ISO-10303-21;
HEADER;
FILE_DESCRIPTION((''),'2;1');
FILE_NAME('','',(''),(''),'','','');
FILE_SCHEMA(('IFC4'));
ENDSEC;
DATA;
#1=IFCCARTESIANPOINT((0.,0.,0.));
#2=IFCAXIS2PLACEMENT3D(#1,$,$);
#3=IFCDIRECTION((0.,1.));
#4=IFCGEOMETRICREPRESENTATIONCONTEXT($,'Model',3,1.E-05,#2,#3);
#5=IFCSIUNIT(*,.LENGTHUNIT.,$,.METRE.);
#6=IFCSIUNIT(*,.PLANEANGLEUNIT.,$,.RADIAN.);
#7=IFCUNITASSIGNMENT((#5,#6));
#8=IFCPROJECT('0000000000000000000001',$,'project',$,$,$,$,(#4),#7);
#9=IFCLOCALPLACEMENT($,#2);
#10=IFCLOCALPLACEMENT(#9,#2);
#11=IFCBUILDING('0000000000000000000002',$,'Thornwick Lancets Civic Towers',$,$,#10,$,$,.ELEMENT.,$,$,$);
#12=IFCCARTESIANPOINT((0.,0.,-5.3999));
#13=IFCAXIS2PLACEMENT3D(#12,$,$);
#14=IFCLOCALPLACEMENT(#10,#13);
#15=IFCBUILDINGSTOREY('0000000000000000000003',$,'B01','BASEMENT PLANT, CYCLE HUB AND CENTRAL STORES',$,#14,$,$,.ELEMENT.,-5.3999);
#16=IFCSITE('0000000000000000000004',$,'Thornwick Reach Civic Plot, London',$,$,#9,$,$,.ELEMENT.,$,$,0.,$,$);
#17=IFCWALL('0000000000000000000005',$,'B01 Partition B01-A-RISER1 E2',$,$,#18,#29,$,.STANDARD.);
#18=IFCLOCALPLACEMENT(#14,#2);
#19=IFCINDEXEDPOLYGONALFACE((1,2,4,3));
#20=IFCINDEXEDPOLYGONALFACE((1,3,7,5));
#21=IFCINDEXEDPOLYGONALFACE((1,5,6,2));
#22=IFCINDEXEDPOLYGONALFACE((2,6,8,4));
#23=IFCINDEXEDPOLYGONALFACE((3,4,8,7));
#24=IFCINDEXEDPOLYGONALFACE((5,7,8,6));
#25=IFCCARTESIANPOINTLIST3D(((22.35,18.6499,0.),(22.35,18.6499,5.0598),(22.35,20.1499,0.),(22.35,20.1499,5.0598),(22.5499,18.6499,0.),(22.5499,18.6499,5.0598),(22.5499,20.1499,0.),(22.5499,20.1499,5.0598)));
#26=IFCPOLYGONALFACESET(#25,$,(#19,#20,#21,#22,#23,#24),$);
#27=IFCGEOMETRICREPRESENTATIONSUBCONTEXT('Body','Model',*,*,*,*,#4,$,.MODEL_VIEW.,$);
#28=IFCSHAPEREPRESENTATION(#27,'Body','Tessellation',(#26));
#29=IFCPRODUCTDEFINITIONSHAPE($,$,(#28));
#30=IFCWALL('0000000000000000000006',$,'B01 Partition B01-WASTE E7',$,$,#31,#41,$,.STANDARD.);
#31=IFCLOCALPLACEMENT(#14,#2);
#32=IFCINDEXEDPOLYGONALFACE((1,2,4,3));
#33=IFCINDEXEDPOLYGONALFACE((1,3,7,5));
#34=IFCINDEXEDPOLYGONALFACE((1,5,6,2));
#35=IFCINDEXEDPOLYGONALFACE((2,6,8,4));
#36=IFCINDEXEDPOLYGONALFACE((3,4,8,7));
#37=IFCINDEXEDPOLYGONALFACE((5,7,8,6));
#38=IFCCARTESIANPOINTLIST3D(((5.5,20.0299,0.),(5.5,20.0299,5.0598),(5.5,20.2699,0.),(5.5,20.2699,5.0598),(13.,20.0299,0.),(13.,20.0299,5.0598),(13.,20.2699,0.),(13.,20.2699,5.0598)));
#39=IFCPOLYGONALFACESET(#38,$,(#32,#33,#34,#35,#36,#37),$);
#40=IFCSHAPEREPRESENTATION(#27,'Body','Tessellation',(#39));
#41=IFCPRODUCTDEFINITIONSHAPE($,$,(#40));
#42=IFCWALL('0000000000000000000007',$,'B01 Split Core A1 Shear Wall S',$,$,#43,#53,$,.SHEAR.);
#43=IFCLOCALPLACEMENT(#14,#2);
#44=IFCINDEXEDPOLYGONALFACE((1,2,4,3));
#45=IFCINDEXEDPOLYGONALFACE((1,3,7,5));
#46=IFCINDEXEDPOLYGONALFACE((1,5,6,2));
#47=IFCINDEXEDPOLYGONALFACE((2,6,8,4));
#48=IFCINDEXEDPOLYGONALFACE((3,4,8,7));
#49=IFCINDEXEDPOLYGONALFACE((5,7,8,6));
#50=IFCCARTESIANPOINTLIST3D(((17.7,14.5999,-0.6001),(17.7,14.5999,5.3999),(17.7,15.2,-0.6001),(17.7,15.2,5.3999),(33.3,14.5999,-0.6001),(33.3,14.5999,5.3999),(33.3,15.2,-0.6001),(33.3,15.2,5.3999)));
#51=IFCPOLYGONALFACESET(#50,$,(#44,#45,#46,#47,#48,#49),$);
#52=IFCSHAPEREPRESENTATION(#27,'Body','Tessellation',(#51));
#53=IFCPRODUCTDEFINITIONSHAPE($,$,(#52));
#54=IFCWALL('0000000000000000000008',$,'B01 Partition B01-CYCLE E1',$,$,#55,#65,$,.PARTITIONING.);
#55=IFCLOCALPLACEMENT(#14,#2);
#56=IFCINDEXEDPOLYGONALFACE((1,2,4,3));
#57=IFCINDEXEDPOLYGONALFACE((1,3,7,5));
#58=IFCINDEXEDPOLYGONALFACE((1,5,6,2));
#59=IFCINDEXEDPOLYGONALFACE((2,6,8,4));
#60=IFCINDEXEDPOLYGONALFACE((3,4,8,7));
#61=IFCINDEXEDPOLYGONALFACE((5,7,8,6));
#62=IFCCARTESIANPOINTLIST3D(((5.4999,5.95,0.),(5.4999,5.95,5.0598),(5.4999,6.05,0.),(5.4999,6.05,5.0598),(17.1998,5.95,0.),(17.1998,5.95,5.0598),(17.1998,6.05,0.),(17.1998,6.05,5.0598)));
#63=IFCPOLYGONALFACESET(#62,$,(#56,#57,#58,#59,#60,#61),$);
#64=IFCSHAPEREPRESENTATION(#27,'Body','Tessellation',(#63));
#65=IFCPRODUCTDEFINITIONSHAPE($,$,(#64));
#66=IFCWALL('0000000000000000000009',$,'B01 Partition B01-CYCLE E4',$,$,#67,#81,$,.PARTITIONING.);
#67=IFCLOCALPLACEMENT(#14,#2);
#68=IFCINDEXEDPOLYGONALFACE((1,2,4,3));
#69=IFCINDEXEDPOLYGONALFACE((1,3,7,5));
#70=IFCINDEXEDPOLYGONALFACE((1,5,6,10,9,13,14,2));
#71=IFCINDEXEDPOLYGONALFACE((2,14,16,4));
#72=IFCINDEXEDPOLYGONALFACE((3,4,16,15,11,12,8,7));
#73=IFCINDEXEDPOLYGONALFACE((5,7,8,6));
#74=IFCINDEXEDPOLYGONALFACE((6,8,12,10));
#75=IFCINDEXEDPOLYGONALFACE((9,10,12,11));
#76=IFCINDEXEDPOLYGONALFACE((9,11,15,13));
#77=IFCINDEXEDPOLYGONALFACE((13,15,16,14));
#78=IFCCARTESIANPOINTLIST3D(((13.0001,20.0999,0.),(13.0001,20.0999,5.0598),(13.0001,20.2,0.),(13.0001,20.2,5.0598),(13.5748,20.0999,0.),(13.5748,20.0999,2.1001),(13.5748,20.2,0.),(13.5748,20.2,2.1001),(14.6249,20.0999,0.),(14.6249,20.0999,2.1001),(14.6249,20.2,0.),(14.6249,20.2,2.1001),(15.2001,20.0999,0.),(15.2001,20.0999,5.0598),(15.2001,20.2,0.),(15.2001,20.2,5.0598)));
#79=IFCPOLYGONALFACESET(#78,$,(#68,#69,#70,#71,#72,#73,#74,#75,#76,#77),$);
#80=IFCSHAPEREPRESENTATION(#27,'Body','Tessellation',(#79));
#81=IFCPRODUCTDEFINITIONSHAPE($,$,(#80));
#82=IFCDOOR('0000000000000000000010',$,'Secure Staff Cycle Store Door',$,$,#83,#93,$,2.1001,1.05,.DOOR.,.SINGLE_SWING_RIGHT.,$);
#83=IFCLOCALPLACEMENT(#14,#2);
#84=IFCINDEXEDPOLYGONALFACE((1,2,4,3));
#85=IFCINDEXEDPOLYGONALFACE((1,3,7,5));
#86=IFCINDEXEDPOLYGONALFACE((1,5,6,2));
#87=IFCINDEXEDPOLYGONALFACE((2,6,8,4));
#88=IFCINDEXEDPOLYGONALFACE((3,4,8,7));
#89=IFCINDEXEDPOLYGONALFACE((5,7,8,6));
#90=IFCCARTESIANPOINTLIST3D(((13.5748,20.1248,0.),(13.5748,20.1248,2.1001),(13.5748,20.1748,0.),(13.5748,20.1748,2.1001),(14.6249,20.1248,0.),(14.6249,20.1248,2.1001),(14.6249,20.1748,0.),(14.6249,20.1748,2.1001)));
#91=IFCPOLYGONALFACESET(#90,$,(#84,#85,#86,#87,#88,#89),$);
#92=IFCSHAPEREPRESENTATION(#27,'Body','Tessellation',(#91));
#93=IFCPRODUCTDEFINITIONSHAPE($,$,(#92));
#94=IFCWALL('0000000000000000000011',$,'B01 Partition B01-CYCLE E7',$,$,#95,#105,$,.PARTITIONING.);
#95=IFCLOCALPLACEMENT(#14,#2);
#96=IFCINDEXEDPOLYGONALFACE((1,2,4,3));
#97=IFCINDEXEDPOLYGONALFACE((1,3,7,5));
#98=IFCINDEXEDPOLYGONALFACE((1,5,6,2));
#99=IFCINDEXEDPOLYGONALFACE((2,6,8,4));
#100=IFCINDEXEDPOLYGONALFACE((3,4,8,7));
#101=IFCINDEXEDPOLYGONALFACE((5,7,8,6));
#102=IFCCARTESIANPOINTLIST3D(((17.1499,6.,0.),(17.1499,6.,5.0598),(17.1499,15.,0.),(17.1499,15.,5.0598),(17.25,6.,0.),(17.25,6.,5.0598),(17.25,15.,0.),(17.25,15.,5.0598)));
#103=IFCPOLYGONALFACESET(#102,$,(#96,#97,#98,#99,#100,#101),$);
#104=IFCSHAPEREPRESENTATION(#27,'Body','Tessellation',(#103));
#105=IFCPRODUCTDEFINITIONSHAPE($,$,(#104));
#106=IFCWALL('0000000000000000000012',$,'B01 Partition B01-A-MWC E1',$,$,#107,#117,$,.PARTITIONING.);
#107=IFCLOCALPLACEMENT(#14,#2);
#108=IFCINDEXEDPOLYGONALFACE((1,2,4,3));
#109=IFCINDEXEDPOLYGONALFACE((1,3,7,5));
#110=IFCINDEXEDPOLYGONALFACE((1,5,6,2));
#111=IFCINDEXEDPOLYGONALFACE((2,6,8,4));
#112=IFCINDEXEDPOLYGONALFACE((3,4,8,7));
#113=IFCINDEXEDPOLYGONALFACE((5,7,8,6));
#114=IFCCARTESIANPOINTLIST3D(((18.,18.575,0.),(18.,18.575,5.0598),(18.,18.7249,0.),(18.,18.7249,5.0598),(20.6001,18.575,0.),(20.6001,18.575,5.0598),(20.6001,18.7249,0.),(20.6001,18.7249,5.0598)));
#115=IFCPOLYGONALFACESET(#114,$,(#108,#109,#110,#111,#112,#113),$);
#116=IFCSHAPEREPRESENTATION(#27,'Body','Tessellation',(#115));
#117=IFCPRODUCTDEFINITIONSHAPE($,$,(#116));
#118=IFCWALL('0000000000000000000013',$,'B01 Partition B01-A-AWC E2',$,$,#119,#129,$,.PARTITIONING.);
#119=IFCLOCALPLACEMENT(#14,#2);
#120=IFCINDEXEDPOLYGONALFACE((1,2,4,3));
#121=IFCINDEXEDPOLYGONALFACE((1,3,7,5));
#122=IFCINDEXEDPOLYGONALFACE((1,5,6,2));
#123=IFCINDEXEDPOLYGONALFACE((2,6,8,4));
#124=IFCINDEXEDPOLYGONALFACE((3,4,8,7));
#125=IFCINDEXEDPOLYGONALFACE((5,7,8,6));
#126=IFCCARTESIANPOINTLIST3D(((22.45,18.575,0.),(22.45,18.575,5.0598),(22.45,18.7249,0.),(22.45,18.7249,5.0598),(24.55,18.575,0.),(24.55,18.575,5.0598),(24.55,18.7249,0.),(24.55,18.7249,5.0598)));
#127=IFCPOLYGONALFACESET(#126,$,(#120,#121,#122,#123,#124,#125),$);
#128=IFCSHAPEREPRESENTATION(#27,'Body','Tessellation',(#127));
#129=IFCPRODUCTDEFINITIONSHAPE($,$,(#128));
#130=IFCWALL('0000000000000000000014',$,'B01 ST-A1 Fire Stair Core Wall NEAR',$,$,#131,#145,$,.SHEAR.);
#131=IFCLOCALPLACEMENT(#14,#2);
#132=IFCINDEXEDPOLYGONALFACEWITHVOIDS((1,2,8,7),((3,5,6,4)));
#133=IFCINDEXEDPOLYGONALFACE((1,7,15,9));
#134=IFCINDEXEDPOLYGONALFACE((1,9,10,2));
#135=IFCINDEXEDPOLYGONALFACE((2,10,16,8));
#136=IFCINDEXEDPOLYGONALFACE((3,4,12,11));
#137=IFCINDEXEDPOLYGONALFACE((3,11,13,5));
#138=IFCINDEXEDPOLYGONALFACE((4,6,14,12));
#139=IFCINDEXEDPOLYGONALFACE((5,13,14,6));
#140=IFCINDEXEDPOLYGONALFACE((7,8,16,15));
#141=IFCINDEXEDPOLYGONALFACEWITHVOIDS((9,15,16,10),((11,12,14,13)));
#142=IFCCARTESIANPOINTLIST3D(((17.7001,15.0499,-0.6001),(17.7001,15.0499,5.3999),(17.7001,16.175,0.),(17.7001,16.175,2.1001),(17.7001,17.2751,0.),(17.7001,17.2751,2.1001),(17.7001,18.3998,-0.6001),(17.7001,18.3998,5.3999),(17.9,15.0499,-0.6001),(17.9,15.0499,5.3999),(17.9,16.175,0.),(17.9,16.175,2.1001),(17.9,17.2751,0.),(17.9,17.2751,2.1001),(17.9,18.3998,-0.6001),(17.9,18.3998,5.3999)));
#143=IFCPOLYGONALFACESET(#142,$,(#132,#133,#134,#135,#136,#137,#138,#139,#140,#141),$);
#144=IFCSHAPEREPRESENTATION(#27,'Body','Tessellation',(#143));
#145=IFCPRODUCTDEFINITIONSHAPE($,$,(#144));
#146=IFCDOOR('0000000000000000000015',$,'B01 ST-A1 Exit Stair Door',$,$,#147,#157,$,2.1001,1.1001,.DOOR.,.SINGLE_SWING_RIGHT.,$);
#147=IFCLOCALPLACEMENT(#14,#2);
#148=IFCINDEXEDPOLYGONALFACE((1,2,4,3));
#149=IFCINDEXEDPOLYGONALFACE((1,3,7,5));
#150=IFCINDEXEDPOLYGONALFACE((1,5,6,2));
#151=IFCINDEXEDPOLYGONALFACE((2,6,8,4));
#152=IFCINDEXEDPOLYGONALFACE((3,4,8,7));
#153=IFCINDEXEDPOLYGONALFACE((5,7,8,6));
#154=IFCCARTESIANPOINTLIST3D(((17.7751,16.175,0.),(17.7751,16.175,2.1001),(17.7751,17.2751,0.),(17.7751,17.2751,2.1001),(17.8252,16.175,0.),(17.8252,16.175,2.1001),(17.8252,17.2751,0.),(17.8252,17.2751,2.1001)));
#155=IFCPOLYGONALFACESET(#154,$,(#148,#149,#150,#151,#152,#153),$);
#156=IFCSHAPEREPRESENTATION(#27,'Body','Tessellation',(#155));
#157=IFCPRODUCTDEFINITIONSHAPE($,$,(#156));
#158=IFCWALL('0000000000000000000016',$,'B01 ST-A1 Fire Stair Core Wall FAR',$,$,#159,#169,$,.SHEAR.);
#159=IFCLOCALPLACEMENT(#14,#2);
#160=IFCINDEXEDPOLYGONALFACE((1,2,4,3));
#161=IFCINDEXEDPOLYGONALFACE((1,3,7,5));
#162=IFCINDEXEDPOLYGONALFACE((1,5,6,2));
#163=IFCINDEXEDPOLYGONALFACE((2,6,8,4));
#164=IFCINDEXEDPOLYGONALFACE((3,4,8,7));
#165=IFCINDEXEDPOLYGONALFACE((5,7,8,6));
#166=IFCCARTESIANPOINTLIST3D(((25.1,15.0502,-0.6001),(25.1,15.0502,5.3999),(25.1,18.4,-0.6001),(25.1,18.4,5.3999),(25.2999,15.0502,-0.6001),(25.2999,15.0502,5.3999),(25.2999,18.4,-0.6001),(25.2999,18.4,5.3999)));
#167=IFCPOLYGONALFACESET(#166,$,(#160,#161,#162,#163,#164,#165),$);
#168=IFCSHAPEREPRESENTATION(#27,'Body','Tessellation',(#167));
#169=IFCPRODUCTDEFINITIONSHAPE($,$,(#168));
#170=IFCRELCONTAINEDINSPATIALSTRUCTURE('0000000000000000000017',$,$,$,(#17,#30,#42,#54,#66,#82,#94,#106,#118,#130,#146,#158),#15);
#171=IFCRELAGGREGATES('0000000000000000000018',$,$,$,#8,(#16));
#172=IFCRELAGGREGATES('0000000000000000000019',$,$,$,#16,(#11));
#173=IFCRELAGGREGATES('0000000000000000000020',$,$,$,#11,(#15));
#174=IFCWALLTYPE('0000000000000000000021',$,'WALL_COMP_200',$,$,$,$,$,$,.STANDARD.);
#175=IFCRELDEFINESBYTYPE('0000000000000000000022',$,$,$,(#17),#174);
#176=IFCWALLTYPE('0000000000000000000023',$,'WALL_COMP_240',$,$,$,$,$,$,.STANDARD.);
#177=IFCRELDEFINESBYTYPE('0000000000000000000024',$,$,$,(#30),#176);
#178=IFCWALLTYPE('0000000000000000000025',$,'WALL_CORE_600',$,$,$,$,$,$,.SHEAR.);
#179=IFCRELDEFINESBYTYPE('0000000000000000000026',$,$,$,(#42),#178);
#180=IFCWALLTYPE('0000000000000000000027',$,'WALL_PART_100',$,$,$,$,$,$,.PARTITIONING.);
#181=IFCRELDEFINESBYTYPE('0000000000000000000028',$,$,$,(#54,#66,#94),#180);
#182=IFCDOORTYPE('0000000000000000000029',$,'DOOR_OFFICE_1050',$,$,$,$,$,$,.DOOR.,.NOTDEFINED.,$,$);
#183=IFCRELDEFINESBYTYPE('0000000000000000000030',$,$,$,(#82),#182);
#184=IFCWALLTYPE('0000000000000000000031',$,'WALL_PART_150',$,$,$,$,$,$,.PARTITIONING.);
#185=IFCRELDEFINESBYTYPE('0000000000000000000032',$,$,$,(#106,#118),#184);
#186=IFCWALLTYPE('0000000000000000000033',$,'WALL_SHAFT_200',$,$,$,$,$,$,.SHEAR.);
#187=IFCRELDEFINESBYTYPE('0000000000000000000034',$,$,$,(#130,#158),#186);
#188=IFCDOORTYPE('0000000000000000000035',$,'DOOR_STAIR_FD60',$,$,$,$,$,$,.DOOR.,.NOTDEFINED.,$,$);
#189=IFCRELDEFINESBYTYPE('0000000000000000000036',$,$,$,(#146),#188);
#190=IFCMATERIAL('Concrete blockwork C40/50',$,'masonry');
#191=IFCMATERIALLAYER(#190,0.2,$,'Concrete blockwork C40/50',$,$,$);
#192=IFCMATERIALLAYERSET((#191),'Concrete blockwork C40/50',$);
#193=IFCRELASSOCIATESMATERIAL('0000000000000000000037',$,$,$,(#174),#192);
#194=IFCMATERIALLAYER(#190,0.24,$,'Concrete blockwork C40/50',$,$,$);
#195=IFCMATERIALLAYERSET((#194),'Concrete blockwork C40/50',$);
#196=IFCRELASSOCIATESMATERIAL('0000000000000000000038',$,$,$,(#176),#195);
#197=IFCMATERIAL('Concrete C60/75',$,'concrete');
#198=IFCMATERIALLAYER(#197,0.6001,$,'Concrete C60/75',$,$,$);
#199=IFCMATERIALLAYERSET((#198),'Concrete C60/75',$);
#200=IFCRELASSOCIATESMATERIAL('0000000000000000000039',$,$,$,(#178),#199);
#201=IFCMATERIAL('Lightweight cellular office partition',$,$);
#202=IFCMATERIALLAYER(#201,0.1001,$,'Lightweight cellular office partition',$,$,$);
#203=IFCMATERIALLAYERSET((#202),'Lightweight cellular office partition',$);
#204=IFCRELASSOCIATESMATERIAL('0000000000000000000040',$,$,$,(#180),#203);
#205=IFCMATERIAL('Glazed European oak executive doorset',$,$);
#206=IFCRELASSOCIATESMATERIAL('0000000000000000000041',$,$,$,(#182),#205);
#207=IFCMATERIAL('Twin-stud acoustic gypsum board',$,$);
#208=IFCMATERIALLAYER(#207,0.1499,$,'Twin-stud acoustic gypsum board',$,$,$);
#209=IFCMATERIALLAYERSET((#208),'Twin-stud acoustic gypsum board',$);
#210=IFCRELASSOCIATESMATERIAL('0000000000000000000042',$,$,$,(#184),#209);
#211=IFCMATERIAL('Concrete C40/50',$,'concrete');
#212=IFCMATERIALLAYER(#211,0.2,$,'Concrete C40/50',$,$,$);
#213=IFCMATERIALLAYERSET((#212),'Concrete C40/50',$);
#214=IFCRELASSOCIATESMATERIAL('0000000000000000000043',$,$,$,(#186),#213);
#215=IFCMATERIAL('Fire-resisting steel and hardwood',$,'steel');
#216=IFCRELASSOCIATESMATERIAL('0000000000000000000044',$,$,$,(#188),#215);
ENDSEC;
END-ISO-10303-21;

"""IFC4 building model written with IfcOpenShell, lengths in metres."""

from ifc_helpers import new_model, si_unit, direction, frame, frame_2d, origin, place, context, subcontext, project, spatial, rectangle, extrude, material, layer, layer_set, type_object, element, fill, save


model = new_model("IFC4")

# Units and contexts
model_context = context("Model", 3, precision=1e-05, world=origin(), true_north=direction((0.0, 1.0)))
body_context = subcontext(model_context, "Body", "Model", "MODEL_VIEW")
ifc_project = project(units=[si_unit("LENGTHUNIT", "METRE"), si_unit("PLANEANGLEUNIT", "RADIAN")], contexts=[model_context])

# Site, building, storey
site_placement = place(None, origin())
site = spatial("IfcSite", under=ifc_project, at=site_placement, Name="Thornwick Reach Civic Plot, London", CompositionType="ELEMENT", RefElevation=0.0)
building_placement = place(site_placement, origin())
building = spatial("IfcBuilding", under=site, at=building_placement, Name="Thornwick Lancets Civic Towers", CompositionType="ELEMENT")
storey_placement = place(building_placement, frame((0.0, 0.0, -5.3999)))
storey = spatial("IfcBuildingStorey", under=building, at=storey_placement, Name="B01", Description="BASEMENT PLANT, CYCLE HUB AND CENTRAL STORES", CompositionType="ELEMENT", Elevation=-5.3999)

# Shared definitions
ifc_material_1 = material(Name="Concrete C40/50", Category="concrete")

# Shared definitions
ifc_material_2 = material(Name="Concrete C60/75", Category="concrete")

# Walls
ifc_material_3 = material(Name="Concrete blockwork C40/50", Category="masonry")
ifc_layer_1 = layer(ifc_material_3, 0.2, Name="Concrete blockwork C40/50")
ifc_layer_set_1 = layer_set([ifc_layer_1], Name="Concrete blockwork C40/50")
wall_type_1 = type_object("IfcWallType", Name="WALL_COMP_200", PredefinedType="STANDARD", material=ifc_layer_set_1)
wall_1_placement = place(storey_placement, frame((22.45, 18.6499, 0.0), z_axis=(0.0, 0.0, 1.0), x_axis=(0.0, 1.0, 0.0)))
element("IfcWall", 1, at=wall_1_placement, inside=storey, type_object=wall_type_1, Name="B01 Partition B01-A-RISER1 E2", PredefinedType="STANDARD", context=body_context, shape_type="SweptSolid", body=[
    extrude(rectangle(XDim=1.5, YDim=0.2, at=frame_2d((0.75, 0.0))), origin(), (0.0, 0.0, 1.0), 5.0598),
])
ifc_layer_2 = layer(ifc_material_3, 0.24, Name="Concrete blockwork C40/50")
ifc_layer_set_2 = layer_set([ifc_layer_2], Name="Concrete blockwork C40/50")
wall_type_2 = type_object("IfcWallType", Name="WALL_COMP_240", PredefinedType="STANDARD", material=ifc_layer_set_2)
wall_2_placement = place(storey_placement, frame((13.0, 20.1499, 0.0), z_axis=(0.0, 0.0, 1.0), x_axis=(-1.0, 0.0, 0.0)))
element("IfcWall", 2, at=wall_2_placement, inside=storey, type_object=wall_type_2, Name="B01 Partition B01-WASTE E7", PredefinedType="STANDARD", context=body_context, shape_type="SweptSolid", body=[
    extrude(rectangle(XDim=7.5, YDim=0.24, at=frame_2d((3.75, 0.0))), origin(), (0.0, 0.0, 1.0), 5.0598),
])
ifc_layer_3 = layer(ifc_material_2, 0.6001, Name="Concrete C60/75")
ifc_layer_set_3 = layer_set([ifc_layer_3], Name="Concrete C60/75")
wall_type_3 = type_object("IfcWallType", Name="WALL_CORE_600", PredefinedType="SHEAR", material=ifc_layer_set_3)
wall_3_placement = place(storey_placement, frame((17.7, 14.8999, -0.6001), z_axis=(0.0, 0.0, 1.0), x_axis=(1.0, 0.0, 0.0)))
element("IfcWall", 3, at=wall_3_placement, inside=storey, type_object=wall_type_3, Name="B01 Split Core A1 Shear Wall S", PredefinedType="SHEAR", context=body_context, shape_type="SweptSolid", body=[
    extrude(rectangle(XDim=15.6001, YDim=0.6001, at=frame_2d((7.8, 0.0))), origin(), (0.0, 0.0, 1.0), 6.0),
])
ifc_material_4 = material(Name="Lightweight cellular office partition")
ifc_layer_4 = layer(ifc_material_4, 0.1001, Name="Lightweight cellular office partition")
ifc_layer_set_4 = layer_set([ifc_layer_4], Name="Lightweight cellular office partition")
wall_type_4 = type_object("IfcWallType", Name="WALL_PART_100", PredefinedType="PARTITIONING", material=ifc_layer_set_4)
wall_4_placement = place(storey_placement, frame((17.2, 6.0, 0.0), z_axis=(0.0, 0.0, 1.0), x_axis=(-1.0, 0.0, 0.0)))
element("IfcWall", 4, at=wall_4_placement, inside=storey, type_object=wall_type_4, Name="B01 Partition B01-CYCLE E1", PredefinedType="PARTITIONING", context=body_context, shape_type="SweptSolid", body=[
    extrude(rectangle(XDim=11.7, YDim=0.1001, at=frame_2d((5.8501, 0.0))), origin(), (0.0, 0.0, 1.0), 5.0598),
])

# Wall, opening, door
wall_5_placement = place(storey_placement, frame((13.0, 20.1499, 0.0), z_axis=(0.0, 0.0, 1.0), x_axis=(1.0, 0.0, 0.0)))
wall_5 = element("IfcWall", 5, at=wall_5_placement, inside=storey, type_object=wall_type_4, Name="B01 Partition B01-CYCLE E4", PredefinedType="PARTITIONING", context=body_context, shape_type="SweptSolid", body=[
    extrude(rectangle(XDim=2.2, YDim=0.1001, at=frame_2d((1.1001, 0.0))), origin(), (0.0, 0.0, 1.0), 5.0598),
])
opening_1_placement = place(wall_5_placement, frame((0.575, 0.0, 0.0)))
opening_1 = element("IfcOpeningElement", 6, at=opening_1_placement, cuts=wall_5, PredefinedType="OPENING", context=body_context, shape_type="SweptSolid", body=[
    extrude(rectangle(XDim=1.05, YDim=2.1001, at=frame_2d((0.5249, 1.05))), frame((0.0, 0.0601, 0.0), z_axis=(0.0, -1.0, 0.0), x_axis=(1.0, 0.0, 0.0)), (0.0, 0.0, 1.0), 0.1201),
])
ifc_material_5 = material(Name="Glazed European oak executive doorset")
door_type_1 = type_object("IfcDoorType", Name="DOOR_OFFICE_1050", OperationType="NOTDEFINED", PredefinedType="DOOR", material=ifc_material_5)
door_1_placement = place(opening_1_placement, origin())
door_1 = element("IfcDoor", 7, at=door_1_placement, inside=storey, type_object=door_type_1, Name="Secure Staff Cycle Store Door", OperationType="SINGLE_SWING_RIGHT", OverallHeight=2.1001, OverallWidth=1.05, PredefinedType="DOOR", context=body_context, shape_type="SweptSolid", body=[
    extrude(rectangle(XDim=1.05, YDim=2.1001, at=frame_2d((0.5249, 1.05))), frame((0.0, 0.0249, 0.0), z_axis=(0.0, -1.0, 0.0), x_axis=(1.0, 0.0, 0.0)), (0.0, 0.0, 1.0), 0.05),
])
fill(opening_1, door_1)

# Walls
wall_6_placement = place(storey_placement, frame((17.2, 15.0, 0.0), z_axis=(0.0, 0.0, 1.0), x_axis=(0.0, -1.0, 0.0)))
element("IfcWall", 8, at=wall_6_placement, inside=storey, type_object=wall_type_4, Name="B01 Partition B01-CYCLE E7", PredefinedType="PARTITIONING", context=body_context, shape_type="SweptSolid", body=[
    extrude(rectangle(XDim=9.0, YDim=0.1001, at=frame_2d((4.5, 0.0))), origin(), (0.0, 0.0, 1.0), 5.0598),
])
ifc_material_6 = material(Name="Twin-stud acoustic gypsum board")
ifc_layer_5 = layer(ifc_material_6, 0.1499, Name="Twin-stud acoustic gypsum board")
ifc_layer_set_5 = layer_set([ifc_layer_5], Name="Twin-stud acoustic gypsum board")
wall_type_5 = type_object("IfcWallType", Name="WALL_PART_150", PredefinedType="PARTITIONING", material=ifc_layer_set_5)
wall_7_placement = place(storey_placement, frame((18.0, 18.6499, 0.0), z_axis=(0.0, 0.0, 1.0), x_axis=(1.0, 0.0, 0.0)))
element("IfcWall", 9, at=wall_7_placement, inside=storey, type_object=wall_type_5, Name="B01 Partition B01-A-MWC E1", PredefinedType="PARTITIONING", context=body_context, shape_type="SweptSolid", body=[
    extrude(rectangle(XDim=2.6001, YDim=0.1499, at=frame_2d((1.3, 0.0))), origin(), (0.0, 0.0, 1.0), 5.0598),
])
wall_8_placement = place(storey_placement, frame((24.55, 18.6499, 0.0), z_axis=(0.0, 0.0, 1.0), x_axis=(-1.0, 0.0, 0.0)))
element("IfcWall", 10, at=wall_8_placement, inside=storey, type_object=wall_type_5, Name="B01 Partition B01-A-AWC E2", PredefinedType="PARTITIONING", context=body_context, shape_type="SweptSolid", body=[
    extrude(rectangle(XDim=2.1001, YDim=0.1499, at=frame_2d((1.05, 0.0))), origin(), (0.0, 0.0, 1.0), 5.0598),
])

# Wall, opening, door
ifc_layer_6 = layer(ifc_material_1, 0.2, Name="Concrete C40/50")
ifc_layer_set_6 = layer_set([ifc_layer_6], Name="Concrete C40/50")
wall_type_6 = type_object("IfcWallType", Name="WALL_SHAFT_200", PredefinedType="SHEAR", material=ifc_layer_set_6)
wall_9_placement = place(storey_placement, frame((17.8, 15.05, -0.6001), z_axis=(0.0, 0.0, 1.0), x_axis=(0.0, 1.0, 0.0)))
wall_9 = element("IfcWall", 11, at=wall_9_placement, inside=storey, type_object=wall_type_6, Name="B01 ST-A1 Fire Stair Core Wall NEAR", PredefinedType="SHEAR", context=body_context, shape_type="SweptSolid", body=[
    extrude(rectangle(XDim=3.3499, YDim=0.2, at=frame_2d((1.6748, 0.0))), origin(), (0.0, 0.0, 1.0), 6.0),
])
opening_2_placement = place(wall_9_placement, frame((1.125, 0.0, 0.6001)))
opening_2 = element("IfcOpeningElement", 12, at=opening_2_placement, cuts=wall_9, PredefinedType="OPENING", context=body_context, shape_type="SweptSolid", body=[
    extrude(rectangle(XDim=1.1001, YDim=2.1001, at=frame_2d((0.55, 1.05))), frame((0.0, 0.1099, 0.0), z_axis=(0.0, -1.0, 0.0), x_axis=(1.0, 0.0, 0.0)), (0.0, 0.0, 1.0), 0.22),
])
ifc_material_7 = material(Name="Fire-resisting steel and hardwood", Category="steel")
door_type_2 = type_object("IfcDoorType", Name="DOOR_STAIR_FD60", OperationType="NOTDEFINED", PredefinedType="DOOR", material=ifc_material_7)
door_2_placement = place(opening_2_placement, origin())
door_2 = element("IfcDoor", 13, at=door_2_placement, inside=storey, type_object=door_type_2, Name="B01 ST-A1 Exit Stair Door", OperationType="SINGLE_SWING_RIGHT", OverallHeight=2.1001, OverallWidth=1.1001, PredefinedType="DOOR", context=body_context, shape_type="SweptSolid", body=[
    extrude(rectangle(XDim=1.1001, YDim=2.1001, at=frame_2d((0.55, 1.05))), frame((0.0, 0.0249, 0.0), z_axis=(0.0, -1.0, 0.0), x_axis=(1.0, 0.0, 0.0)), (0.0, 0.0, 1.0), 0.05),
])
fill(opening_2, door_2)

# Wall
wall_10_placement = place(storey_placement, frame((25.2, 18.3999, -0.6001), z_axis=(0.0, 0.0, 1.0), x_axis=(0.0, -1.0, 0.0)))
element("IfcWall", 14, at=wall_10_placement, inside=storey, type_object=wall_type_6, Name="B01 ST-A1 Fire Stair Core Wall FAR", PredefinedType="SHEAR", context=body_context, shape_type="SweptSolid", body=[
    extrude(rectangle(XDim=3.3499, YDim=0.2, at=frame_2d((1.6748, 0.0))), origin(), (0.0, 0.0, 1.0), 6.0),
])

save(model, "model.ifc")
